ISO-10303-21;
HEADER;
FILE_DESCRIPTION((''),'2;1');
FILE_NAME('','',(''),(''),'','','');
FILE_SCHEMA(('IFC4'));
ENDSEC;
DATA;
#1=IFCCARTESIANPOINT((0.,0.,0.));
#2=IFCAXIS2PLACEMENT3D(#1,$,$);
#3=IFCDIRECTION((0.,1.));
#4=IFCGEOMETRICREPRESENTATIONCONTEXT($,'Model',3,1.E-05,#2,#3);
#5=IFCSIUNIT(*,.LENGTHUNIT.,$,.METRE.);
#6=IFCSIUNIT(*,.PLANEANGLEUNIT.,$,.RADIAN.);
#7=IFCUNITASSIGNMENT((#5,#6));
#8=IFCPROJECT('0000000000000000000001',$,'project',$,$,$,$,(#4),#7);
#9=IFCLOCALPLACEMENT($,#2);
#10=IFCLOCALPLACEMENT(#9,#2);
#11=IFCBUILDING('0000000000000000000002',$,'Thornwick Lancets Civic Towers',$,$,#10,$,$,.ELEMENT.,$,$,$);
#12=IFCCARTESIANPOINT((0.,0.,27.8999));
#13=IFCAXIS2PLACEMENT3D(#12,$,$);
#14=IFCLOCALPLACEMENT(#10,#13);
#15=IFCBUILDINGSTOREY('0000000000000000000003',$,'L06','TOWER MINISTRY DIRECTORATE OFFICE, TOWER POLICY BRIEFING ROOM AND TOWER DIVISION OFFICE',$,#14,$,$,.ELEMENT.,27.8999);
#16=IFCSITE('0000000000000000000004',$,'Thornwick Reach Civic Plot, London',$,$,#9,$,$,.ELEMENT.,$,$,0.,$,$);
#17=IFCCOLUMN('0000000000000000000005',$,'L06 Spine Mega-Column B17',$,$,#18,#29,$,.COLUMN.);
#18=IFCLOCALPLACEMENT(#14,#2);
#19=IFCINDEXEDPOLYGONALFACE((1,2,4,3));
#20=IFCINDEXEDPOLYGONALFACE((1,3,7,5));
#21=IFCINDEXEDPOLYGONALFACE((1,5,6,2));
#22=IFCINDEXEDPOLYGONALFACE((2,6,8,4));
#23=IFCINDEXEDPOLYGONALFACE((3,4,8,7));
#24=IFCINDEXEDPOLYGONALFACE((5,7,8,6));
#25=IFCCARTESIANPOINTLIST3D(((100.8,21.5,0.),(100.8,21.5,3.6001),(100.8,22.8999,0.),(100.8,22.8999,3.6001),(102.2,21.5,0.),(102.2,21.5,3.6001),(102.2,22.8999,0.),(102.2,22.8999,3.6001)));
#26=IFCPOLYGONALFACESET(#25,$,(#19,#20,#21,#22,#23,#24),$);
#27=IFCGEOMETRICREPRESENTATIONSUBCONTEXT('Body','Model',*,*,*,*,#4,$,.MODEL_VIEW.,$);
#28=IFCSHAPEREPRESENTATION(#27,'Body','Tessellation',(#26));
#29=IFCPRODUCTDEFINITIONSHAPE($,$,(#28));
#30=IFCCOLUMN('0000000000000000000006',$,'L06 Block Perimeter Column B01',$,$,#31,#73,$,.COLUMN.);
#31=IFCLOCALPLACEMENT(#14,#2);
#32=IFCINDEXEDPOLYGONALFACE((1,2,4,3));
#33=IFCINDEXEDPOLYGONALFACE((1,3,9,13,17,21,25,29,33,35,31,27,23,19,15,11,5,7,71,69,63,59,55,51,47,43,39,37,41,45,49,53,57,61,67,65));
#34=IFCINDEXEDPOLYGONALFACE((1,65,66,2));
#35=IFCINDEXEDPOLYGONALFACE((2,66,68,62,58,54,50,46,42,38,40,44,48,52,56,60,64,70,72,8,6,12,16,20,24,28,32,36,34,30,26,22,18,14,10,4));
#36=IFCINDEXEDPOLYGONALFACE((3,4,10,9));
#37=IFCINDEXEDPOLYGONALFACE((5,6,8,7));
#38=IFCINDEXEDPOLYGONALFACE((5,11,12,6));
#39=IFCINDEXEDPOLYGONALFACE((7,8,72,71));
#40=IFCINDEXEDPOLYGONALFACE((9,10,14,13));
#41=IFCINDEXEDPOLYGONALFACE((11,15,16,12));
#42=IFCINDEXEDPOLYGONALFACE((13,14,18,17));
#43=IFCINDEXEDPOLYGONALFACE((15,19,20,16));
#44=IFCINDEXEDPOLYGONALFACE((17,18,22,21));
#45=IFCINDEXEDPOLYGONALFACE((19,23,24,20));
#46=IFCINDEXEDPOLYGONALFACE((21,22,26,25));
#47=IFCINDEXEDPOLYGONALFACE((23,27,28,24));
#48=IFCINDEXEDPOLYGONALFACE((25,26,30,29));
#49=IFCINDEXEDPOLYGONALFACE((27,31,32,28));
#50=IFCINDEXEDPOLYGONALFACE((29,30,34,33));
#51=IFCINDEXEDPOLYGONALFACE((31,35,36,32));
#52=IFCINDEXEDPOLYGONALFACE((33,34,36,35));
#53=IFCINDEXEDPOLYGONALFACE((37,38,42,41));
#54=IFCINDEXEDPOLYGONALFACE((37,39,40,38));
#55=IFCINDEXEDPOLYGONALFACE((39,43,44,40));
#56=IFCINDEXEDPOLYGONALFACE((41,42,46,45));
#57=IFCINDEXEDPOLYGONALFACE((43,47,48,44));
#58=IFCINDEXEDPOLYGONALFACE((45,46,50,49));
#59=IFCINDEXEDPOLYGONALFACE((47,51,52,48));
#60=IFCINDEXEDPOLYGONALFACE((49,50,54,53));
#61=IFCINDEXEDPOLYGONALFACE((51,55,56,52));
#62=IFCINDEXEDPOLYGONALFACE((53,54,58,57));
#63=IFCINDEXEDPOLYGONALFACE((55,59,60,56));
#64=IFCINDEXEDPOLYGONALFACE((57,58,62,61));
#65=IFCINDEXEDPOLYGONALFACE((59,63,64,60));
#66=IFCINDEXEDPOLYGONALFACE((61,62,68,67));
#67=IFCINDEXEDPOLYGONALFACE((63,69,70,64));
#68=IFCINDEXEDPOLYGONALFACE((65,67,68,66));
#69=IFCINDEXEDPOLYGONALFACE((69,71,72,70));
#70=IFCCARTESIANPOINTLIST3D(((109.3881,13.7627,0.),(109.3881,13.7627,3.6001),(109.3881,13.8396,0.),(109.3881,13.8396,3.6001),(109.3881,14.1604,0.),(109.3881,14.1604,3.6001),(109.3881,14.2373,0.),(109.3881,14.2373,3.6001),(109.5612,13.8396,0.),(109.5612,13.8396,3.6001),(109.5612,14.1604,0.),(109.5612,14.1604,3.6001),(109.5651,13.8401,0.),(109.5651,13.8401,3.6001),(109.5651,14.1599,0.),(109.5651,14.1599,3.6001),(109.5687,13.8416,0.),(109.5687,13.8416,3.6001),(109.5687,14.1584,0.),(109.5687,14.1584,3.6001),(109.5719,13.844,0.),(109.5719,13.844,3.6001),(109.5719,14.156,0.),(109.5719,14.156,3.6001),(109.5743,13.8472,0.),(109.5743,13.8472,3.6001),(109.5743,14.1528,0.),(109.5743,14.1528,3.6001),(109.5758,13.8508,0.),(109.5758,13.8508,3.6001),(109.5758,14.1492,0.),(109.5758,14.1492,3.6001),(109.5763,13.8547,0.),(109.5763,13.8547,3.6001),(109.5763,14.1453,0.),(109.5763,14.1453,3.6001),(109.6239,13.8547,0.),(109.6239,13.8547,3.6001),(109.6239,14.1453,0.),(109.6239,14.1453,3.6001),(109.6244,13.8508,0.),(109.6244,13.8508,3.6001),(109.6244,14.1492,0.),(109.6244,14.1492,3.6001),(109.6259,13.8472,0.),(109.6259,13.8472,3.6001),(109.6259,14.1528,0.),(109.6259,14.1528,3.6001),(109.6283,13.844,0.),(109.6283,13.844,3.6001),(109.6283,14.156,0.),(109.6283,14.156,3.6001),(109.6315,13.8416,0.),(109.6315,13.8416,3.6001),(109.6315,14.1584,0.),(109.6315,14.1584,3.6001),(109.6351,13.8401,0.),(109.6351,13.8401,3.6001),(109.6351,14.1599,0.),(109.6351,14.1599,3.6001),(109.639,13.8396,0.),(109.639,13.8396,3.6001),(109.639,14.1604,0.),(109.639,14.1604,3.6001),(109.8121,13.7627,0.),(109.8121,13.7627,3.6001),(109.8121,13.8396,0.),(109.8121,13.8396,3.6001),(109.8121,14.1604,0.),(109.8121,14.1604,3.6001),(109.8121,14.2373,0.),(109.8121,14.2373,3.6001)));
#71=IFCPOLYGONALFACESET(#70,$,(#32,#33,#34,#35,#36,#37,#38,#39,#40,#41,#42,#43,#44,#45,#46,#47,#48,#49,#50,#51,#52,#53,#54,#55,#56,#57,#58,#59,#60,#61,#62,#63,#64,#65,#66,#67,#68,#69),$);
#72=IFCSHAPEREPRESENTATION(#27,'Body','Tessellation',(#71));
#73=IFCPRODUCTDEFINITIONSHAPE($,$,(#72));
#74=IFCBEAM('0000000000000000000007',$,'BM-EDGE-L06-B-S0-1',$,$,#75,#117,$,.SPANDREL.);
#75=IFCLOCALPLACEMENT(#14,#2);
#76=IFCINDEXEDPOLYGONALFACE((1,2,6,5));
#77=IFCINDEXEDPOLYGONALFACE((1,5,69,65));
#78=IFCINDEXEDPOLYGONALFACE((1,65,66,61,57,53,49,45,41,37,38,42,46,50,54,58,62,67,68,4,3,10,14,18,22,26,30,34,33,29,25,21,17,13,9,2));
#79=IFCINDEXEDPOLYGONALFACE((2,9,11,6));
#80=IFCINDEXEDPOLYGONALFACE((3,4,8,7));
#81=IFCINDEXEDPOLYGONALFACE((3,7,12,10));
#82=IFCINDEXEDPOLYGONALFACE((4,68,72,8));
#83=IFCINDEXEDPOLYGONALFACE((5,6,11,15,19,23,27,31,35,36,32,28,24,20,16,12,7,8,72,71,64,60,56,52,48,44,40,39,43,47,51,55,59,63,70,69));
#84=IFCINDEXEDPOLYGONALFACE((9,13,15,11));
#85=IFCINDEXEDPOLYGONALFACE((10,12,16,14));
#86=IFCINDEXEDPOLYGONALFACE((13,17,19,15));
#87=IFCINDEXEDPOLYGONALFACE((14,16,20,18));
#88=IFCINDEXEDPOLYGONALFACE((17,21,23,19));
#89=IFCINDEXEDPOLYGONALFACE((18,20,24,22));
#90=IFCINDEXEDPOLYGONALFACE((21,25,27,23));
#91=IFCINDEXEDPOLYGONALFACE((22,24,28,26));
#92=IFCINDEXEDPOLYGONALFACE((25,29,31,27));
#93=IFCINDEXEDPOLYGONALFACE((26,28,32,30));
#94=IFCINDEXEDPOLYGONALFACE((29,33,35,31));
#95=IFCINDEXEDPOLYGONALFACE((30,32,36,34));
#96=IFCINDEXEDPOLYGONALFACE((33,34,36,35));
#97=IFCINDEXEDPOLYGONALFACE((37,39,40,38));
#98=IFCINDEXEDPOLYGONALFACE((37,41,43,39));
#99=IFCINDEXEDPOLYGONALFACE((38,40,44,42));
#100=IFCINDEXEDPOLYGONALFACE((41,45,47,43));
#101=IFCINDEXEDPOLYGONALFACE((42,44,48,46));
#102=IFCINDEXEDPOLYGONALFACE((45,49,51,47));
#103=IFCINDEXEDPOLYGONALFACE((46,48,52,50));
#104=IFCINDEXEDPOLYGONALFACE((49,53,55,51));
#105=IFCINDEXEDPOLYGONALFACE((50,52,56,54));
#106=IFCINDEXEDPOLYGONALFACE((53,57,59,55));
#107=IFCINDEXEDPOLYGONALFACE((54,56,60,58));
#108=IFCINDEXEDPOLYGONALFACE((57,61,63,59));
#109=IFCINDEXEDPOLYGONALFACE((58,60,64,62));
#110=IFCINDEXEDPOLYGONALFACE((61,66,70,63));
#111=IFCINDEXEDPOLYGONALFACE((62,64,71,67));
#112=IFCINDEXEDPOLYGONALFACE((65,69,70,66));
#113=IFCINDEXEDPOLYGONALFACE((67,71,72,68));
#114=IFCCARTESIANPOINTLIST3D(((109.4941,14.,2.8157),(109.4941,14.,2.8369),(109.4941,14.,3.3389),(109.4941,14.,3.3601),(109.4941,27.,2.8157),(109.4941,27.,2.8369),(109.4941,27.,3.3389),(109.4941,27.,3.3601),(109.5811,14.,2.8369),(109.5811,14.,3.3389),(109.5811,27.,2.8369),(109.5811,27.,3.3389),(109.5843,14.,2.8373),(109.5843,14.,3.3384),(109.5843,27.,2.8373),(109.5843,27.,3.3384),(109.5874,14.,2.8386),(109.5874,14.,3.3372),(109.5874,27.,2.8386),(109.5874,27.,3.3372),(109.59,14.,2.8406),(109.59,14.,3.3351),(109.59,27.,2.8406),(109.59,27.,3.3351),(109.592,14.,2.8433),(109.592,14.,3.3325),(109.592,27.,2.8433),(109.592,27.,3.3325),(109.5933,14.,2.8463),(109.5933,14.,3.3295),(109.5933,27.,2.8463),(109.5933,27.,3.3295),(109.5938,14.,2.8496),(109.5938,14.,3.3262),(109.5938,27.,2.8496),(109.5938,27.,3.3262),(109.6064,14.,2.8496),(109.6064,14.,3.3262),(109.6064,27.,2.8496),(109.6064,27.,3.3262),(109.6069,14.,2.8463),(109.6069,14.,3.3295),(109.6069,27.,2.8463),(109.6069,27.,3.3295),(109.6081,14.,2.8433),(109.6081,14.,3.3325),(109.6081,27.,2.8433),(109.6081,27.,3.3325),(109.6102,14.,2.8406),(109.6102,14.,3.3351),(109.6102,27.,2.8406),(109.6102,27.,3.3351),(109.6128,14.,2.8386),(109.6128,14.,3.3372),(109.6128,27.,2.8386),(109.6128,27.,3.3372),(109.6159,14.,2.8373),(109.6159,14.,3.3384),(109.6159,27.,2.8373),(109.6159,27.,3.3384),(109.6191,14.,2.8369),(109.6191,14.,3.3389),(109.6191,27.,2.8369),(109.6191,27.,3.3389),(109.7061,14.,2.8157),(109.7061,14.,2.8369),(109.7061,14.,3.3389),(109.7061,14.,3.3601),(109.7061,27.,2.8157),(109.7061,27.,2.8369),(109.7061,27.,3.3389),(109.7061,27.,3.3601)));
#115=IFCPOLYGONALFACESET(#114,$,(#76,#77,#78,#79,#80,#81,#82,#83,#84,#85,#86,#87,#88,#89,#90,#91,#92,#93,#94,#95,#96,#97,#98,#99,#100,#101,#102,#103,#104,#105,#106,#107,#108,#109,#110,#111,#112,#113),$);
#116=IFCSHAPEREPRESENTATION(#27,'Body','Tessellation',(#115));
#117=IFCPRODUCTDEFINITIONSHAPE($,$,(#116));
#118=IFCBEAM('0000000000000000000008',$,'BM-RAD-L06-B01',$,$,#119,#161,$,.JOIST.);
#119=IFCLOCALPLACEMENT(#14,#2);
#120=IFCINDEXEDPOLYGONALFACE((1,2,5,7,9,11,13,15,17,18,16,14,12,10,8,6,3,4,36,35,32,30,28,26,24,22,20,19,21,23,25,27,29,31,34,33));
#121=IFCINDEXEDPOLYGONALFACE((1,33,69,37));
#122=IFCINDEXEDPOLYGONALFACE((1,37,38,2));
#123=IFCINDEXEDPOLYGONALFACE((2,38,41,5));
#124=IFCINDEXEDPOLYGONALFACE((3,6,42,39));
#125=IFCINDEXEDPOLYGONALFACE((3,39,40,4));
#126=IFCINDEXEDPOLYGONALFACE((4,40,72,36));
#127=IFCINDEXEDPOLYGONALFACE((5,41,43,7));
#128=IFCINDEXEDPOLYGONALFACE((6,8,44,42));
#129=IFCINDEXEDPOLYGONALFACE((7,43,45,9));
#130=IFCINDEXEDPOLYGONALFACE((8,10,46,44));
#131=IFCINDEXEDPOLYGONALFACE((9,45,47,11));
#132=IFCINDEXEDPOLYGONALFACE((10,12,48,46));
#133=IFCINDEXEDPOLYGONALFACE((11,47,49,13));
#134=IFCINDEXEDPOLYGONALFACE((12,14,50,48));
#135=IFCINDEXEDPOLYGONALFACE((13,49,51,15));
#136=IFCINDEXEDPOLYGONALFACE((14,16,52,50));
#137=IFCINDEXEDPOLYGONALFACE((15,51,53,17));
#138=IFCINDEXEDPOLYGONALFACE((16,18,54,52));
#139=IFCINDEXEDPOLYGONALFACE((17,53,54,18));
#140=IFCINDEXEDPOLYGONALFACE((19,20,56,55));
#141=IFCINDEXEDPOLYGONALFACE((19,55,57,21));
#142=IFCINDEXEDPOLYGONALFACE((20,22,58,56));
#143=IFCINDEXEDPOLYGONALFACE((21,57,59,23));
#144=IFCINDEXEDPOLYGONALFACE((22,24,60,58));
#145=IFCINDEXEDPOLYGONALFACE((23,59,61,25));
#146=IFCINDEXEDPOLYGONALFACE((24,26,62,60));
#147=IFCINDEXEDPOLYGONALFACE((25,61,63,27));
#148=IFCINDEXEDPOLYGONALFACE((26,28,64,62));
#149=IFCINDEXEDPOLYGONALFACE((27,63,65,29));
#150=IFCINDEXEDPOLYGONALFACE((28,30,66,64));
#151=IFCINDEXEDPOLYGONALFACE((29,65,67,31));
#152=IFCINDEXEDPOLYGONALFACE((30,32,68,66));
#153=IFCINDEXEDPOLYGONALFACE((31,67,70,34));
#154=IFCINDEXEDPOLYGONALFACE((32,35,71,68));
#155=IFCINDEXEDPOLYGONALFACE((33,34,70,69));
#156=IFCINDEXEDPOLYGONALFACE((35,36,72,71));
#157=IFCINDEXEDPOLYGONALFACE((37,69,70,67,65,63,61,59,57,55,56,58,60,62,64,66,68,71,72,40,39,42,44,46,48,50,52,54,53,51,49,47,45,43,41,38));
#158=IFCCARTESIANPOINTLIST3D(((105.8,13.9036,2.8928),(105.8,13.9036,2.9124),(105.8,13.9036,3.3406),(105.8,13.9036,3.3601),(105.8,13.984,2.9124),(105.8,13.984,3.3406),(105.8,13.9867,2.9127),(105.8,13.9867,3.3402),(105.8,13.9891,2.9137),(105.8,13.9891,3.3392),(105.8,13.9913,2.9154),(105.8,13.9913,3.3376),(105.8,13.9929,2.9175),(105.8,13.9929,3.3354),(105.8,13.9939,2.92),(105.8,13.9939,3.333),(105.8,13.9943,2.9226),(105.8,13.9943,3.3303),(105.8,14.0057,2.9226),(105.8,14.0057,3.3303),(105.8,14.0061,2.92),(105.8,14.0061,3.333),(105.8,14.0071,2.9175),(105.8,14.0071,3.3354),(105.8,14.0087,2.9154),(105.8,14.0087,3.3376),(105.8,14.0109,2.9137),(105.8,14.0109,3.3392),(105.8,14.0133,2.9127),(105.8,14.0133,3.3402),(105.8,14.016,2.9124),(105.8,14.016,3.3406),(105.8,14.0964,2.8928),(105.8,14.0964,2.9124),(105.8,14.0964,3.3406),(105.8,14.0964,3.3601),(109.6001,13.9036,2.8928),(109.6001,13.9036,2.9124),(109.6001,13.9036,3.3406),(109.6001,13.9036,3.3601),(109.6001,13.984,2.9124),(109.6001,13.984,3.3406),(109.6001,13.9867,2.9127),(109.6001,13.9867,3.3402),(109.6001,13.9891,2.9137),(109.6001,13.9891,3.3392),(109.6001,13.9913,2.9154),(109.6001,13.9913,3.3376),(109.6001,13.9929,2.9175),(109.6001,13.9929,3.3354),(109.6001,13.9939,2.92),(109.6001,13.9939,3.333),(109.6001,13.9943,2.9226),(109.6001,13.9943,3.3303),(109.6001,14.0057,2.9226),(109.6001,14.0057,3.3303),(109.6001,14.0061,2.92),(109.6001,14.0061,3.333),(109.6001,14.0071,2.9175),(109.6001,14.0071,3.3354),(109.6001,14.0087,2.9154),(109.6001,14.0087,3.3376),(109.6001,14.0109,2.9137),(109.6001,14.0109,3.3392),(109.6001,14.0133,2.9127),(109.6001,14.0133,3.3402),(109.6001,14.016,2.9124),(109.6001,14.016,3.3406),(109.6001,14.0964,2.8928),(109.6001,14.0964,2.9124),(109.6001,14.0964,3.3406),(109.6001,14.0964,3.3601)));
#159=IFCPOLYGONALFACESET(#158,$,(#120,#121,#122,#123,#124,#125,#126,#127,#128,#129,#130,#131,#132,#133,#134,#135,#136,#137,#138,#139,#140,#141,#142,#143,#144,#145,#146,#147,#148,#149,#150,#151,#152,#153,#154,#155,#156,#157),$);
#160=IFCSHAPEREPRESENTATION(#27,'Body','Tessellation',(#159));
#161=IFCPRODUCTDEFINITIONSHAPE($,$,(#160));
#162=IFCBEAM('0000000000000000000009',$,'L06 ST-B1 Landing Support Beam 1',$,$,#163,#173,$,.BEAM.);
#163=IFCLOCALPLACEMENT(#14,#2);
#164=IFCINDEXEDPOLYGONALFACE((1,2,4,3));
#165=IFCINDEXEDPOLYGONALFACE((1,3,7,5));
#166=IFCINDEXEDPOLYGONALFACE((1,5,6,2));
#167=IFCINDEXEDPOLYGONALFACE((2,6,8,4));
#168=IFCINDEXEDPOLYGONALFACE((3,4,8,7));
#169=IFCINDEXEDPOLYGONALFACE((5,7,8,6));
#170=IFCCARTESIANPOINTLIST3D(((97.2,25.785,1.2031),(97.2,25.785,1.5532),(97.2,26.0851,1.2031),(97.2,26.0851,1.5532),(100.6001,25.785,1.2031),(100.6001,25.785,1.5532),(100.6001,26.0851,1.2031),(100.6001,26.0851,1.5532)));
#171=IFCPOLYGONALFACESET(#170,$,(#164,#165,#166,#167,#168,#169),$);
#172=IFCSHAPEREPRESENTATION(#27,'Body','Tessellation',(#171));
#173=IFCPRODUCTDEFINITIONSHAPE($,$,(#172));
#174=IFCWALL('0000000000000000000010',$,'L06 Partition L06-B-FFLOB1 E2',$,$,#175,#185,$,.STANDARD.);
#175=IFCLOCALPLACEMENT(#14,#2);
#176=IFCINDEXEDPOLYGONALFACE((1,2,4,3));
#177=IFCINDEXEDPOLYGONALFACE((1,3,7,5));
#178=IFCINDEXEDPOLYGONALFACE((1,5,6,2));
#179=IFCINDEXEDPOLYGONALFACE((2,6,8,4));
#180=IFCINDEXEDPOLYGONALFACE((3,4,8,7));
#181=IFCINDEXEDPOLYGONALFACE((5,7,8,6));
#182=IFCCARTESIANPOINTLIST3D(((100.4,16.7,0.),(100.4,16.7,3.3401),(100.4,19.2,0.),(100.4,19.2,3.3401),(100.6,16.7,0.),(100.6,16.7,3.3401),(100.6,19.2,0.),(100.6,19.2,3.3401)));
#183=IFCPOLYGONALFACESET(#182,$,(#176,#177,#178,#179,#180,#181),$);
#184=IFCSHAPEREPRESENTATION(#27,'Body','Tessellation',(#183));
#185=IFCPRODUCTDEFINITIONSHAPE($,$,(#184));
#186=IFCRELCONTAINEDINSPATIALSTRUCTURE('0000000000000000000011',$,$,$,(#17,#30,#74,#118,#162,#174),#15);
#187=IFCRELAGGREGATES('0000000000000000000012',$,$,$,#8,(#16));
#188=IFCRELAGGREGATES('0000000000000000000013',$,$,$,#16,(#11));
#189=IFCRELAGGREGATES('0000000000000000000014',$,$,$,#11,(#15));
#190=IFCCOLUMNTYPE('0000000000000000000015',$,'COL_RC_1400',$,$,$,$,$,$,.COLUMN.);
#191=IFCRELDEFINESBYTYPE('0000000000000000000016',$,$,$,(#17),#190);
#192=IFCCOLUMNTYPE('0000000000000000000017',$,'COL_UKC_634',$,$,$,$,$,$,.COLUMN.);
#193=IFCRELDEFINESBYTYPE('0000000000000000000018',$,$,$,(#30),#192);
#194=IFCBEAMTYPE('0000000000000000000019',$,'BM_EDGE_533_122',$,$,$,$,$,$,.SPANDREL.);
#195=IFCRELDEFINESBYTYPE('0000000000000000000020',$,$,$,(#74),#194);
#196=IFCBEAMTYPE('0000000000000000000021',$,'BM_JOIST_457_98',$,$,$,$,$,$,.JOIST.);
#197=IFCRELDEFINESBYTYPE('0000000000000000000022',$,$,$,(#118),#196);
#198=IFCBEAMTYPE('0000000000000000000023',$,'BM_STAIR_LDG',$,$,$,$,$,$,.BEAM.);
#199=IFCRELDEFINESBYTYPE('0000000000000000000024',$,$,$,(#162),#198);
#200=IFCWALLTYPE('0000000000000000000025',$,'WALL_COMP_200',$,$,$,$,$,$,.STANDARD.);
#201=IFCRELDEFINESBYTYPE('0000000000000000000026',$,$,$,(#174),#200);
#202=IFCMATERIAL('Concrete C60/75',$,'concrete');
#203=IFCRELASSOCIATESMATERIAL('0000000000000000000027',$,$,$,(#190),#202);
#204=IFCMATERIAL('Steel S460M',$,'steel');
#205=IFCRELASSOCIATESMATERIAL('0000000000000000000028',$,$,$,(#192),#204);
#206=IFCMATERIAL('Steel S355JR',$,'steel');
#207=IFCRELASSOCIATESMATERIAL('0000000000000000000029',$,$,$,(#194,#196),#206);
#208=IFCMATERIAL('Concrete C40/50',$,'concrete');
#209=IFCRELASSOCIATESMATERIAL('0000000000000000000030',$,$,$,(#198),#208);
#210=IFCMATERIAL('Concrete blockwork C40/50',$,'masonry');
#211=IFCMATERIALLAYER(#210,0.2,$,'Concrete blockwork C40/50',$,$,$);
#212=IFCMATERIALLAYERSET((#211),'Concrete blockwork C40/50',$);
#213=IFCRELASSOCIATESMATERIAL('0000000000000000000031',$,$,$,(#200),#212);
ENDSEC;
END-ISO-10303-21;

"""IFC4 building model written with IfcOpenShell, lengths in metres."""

from ifc_helpers import new_model, si_unit, direction, frame, frame_2d, origin, origin_2d, place, context, subcontext, project, spatial, rectangle, i_section, extrude, material, layer, layer_set, material_profile, profile_set, type_object, element, save


model = new_model("IFC4")

# Units and contexts
model_context = context("Model", 3, precision=1e-05, world=origin(), true_north=direction((0.0, 1.0)))
body_context = subcontext(model_context, "Body", "Model", "MODEL_VIEW")
ifc_project = project(units=[si_unit("LENGTHUNIT", "METRE"), si_unit("PLANEANGLEUNIT", "RADIAN")], contexts=[model_context])

# Site, building, storey
site_placement = place(None, origin())
site = spatial("IfcSite", under=ifc_project, at=site_placement, Name="Thornwick Reach Civic Plot, London", CompositionType="ELEMENT", RefElevation=0.0)
building_placement = place(site_placement, origin())
building = spatial("IfcBuilding", under=site, at=building_placement, Name="Thornwick Lancets Civic Towers", CompositionType="ELEMENT")
storey_placement = place(building_placement, frame((0.0, 0.0, 27.8999)))
storey = spatial("IfcBuildingStorey", under=building, at=storey_placement, Name="L06", Description="TOWER MINISTRY DIRECTORATE OFFICE, TOWER POLICY BRIEFING ROOM AND TOWER DIVISION OFFICE", CompositionType="ELEMENT", Elevation=27.8999)

# Columns
ifc_material_1 = material(Name="Concrete C60/75", Category="concrete")
ifc_material_profile_1 = material_profile(ifc_material_1, rectangle(XDim=1.3999, YDim=1.3999, at=origin_2d()), Name="RC 1400x1400")
ifc_profile_set_1 = profile_set([ifc_material_profile_1], Name="Concrete C60/75")
column_type_1 = type_object("IfcColumnType", Name="COL_RC_1400", PredefinedType="COLUMN", material=ifc_profile_set_1)
column_1_placement = place(storey_placement, frame((101.5, 22.2, 0.0), z_axis=(0.0, 0.0, 1.0), x_axis=(1.0, 0.0, 0.0)))
element("IfcColumn", 1, at=column_1_placement, inside=storey, type_object=column_type_1, Name="L06 Spine Mega-Column B17", PredefinedType="COLUMN", context=body_context, shape_type="SweptSolid", body=[
    extrude(rectangle(XDim=1.3999, YDim=1.3999, at=origin_2d()), origin(), (0.0, 0.0, 1.0), 3.6001),
])
ifc_material_2 = material(Name="Steel S460M", Category="steel")
ifc_material_profile_2 = material_profile(ifc_material_2, i_section(OverallWidth=0.4241, OverallDepth=0.4746, WebThickness=0.0476, FlangeThickness=0.0769, FilletRadius=0.0151, at=origin_2d()), Name="UKC 356x406x634")
ifc_profile_set_2 = profile_set([ifc_material_profile_2], Name="Steel S460M")
column_type_2 = type_object("IfcColumnType", Name="COL_UKC_634", PredefinedType="COLUMN", material=ifc_profile_set_2)
column_2_placement = place(storey_placement, frame((109.6001, 14.0, 0.0), z_axis=(0.0, 0.0, 1.0), x_axis=(1.0, 0.0, 0.0)))
element("IfcColumn", 2, at=column_2_placement, inside=storey, type_object=column_type_2, Name="L06 Block Perimeter Column B01", PredefinedType="COLUMN", context=body_context, shape_type="SweptSolid", body=[
    extrude(i_section(OverallWidth=0.4241, OverallDepth=0.4746, WebThickness=0.0476, FlangeThickness=0.0769, FilletRadius=0.0151, at=origin_2d()), origin(), (0.0, 0.0, 1.0), 3.6001),
])

# Beams
ifc_material_3 = material(Name="Steel S355JR", Category="steel")
ifc_material_profile_3 = material_profile(ifc_material_3, i_section(OverallWidth=0.2119, OverallDepth=0.5444, WebThickness=0.0127, FlangeThickness=0.0212, FilletRadius=0.0127, at=origin_2d()), Name="UKB 533x210x122")
ifc_profile_set_3 = profile_set([ifc_material_profile_3], Name="Steel S355JR")
beam_type_1 = type_object("IfcBeamType", Name="BM_EDGE_533_122", PredefinedType="SPANDREL", material=ifc_profile_set_3)
beam_1_placement = place(storey_placement, frame((109.6001, 14.0, 3.0879), z_axis=(0.0, 1.0, 0.0), x_axis=(-1.0, 0.0, 0.0)))
element("IfcBeam", 3, at=beam_1_placement, inside=storey, type_object=beam_type_1, Name="BM-EDGE-L06-B-S0-1", PredefinedType="SPANDREL", context=body_context, shape_type="SweptSolid", body=[
    extrude(i_section(OverallWidth=0.2119, OverallDepth=0.5444, WebThickness=0.0127, FlangeThickness=0.0212, FilletRadius=0.0127, at=origin_2d()), origin(), (0.0, 0.0, 1.0), 13.0),
])
ifc_material_profile_4 = material_profile(ifc_material_3, i_section(OverallWidth=0.1929, OverallDepth=0.4673, WebThickness=0.0115, FlangeThickness=0.0195, FilletRadius=0.0103, at=origin_2d()), Name="UKB 457x191x98")
ifc_profile_set_4 = profile_set([ifc_material_profile_4], Name="Steel S355JR")
beam_type_2 = type_object("IfcBeamType", Name="BM_JOIST_457_98", PredefinedType="JOIST", material=ifc_profile_set_4)
beam_2_placement = place(storey_placement, frame((105.8, 14.0, 3.1265), z_axis=(1.0, 0.0, 0.0), x_axis=(0.0, 1.0, 0.0)))
element("IfcBeam", 4, at=beam_2_placement, inside=storey, type_object=beam_type_2, Name="BM-RAD-L06-B01", PredefinedType="JOIST", context=body_context, shape_type="SweptSolid", body=[
    extrude(i_section(OverallWidth=0.1929, OverallDepth=0.4673, WebThickness=0.0115, FlangeThickness=0.0195, FilletRadius=0.0103, at=origin_2d()), origin(), (0.0, 0.0, 1.0), 3.8),
])
ifc_material_4 = material(Name="Concrete C40/50", Category="concrete")
ifc_material_profile_5 = material_profile(ifc_material_4, rectangle(XDim=0.3, YDim=0.3501, at=origin_2d()), Name="RC 300x350")
ifc_profile_set_5 = profile_set([ifc_material_profile_5], Name="Concrete C40/50")
beam_type_3 = type_object("IfcBeamType", Name="BM_STAIR_LDG", PredefinedType="BEAM", material=ifc_profile_set_5)
beam_3_placement = place(storey_placement, frame((100.6001, 25.9351, 1.3782), z_axis=(-1.0, 0.0, 0.0), x_axis=(0.0, -1.0, 0.0)))
element("IfcBeam", 5, at=beam_3_placement, inside=storey, type_object=beam_type_3, Name="L06 ST-B1 Landing Support Beam 1", PredefinedType="BEAM", context=body_context, shape_type="SweptSolid", body=[
    extrude(rectangle(XDim=0.3, YDim=0.3501, at=origin_2d()), origin(), (0.0, 0.0, 1.0), 3.4001),
])

# Wall
ifc_material_5 = material(Name="Concrete blockwork C40/50", Category="masonry")
ifc_layer_1 = layer(ifc_material_5, 0.2, Name="Concrete blockwork C40/50")
ifc_layer_set_1 = layer_set([ifc_layer_1], Name="Concrete blockwork C40/50")
wall_type_1 = type_object("IfcWallType", Name="WALL_COMP_200", PredefinedType="STANDARD", material=ifc_layer_set_1)
wall_1_placement = place(storey_placement, frame((100.5, 16.7, 0.0), z_axis=(0.0, 0.0, 1.0), x_axis=(0.0, 1.0, 0.0)))
element("IfcWall", 6, at=wall_1_placement, inside=storey, type_object=wall_type_1, Name="L06 Partition L06-B-FFLOB1 E2", PredefinedType="STANDARD", context=body_context, shape_type="SweptSolid", body=[
    extrude(rectangle(XDim=2.5, YDim=0.2, at=frame_2d((1.25, 0.0))), origin(), (0.0, 0.0, 1.0), 3.3401),
])

save(model, "model.ifc")
